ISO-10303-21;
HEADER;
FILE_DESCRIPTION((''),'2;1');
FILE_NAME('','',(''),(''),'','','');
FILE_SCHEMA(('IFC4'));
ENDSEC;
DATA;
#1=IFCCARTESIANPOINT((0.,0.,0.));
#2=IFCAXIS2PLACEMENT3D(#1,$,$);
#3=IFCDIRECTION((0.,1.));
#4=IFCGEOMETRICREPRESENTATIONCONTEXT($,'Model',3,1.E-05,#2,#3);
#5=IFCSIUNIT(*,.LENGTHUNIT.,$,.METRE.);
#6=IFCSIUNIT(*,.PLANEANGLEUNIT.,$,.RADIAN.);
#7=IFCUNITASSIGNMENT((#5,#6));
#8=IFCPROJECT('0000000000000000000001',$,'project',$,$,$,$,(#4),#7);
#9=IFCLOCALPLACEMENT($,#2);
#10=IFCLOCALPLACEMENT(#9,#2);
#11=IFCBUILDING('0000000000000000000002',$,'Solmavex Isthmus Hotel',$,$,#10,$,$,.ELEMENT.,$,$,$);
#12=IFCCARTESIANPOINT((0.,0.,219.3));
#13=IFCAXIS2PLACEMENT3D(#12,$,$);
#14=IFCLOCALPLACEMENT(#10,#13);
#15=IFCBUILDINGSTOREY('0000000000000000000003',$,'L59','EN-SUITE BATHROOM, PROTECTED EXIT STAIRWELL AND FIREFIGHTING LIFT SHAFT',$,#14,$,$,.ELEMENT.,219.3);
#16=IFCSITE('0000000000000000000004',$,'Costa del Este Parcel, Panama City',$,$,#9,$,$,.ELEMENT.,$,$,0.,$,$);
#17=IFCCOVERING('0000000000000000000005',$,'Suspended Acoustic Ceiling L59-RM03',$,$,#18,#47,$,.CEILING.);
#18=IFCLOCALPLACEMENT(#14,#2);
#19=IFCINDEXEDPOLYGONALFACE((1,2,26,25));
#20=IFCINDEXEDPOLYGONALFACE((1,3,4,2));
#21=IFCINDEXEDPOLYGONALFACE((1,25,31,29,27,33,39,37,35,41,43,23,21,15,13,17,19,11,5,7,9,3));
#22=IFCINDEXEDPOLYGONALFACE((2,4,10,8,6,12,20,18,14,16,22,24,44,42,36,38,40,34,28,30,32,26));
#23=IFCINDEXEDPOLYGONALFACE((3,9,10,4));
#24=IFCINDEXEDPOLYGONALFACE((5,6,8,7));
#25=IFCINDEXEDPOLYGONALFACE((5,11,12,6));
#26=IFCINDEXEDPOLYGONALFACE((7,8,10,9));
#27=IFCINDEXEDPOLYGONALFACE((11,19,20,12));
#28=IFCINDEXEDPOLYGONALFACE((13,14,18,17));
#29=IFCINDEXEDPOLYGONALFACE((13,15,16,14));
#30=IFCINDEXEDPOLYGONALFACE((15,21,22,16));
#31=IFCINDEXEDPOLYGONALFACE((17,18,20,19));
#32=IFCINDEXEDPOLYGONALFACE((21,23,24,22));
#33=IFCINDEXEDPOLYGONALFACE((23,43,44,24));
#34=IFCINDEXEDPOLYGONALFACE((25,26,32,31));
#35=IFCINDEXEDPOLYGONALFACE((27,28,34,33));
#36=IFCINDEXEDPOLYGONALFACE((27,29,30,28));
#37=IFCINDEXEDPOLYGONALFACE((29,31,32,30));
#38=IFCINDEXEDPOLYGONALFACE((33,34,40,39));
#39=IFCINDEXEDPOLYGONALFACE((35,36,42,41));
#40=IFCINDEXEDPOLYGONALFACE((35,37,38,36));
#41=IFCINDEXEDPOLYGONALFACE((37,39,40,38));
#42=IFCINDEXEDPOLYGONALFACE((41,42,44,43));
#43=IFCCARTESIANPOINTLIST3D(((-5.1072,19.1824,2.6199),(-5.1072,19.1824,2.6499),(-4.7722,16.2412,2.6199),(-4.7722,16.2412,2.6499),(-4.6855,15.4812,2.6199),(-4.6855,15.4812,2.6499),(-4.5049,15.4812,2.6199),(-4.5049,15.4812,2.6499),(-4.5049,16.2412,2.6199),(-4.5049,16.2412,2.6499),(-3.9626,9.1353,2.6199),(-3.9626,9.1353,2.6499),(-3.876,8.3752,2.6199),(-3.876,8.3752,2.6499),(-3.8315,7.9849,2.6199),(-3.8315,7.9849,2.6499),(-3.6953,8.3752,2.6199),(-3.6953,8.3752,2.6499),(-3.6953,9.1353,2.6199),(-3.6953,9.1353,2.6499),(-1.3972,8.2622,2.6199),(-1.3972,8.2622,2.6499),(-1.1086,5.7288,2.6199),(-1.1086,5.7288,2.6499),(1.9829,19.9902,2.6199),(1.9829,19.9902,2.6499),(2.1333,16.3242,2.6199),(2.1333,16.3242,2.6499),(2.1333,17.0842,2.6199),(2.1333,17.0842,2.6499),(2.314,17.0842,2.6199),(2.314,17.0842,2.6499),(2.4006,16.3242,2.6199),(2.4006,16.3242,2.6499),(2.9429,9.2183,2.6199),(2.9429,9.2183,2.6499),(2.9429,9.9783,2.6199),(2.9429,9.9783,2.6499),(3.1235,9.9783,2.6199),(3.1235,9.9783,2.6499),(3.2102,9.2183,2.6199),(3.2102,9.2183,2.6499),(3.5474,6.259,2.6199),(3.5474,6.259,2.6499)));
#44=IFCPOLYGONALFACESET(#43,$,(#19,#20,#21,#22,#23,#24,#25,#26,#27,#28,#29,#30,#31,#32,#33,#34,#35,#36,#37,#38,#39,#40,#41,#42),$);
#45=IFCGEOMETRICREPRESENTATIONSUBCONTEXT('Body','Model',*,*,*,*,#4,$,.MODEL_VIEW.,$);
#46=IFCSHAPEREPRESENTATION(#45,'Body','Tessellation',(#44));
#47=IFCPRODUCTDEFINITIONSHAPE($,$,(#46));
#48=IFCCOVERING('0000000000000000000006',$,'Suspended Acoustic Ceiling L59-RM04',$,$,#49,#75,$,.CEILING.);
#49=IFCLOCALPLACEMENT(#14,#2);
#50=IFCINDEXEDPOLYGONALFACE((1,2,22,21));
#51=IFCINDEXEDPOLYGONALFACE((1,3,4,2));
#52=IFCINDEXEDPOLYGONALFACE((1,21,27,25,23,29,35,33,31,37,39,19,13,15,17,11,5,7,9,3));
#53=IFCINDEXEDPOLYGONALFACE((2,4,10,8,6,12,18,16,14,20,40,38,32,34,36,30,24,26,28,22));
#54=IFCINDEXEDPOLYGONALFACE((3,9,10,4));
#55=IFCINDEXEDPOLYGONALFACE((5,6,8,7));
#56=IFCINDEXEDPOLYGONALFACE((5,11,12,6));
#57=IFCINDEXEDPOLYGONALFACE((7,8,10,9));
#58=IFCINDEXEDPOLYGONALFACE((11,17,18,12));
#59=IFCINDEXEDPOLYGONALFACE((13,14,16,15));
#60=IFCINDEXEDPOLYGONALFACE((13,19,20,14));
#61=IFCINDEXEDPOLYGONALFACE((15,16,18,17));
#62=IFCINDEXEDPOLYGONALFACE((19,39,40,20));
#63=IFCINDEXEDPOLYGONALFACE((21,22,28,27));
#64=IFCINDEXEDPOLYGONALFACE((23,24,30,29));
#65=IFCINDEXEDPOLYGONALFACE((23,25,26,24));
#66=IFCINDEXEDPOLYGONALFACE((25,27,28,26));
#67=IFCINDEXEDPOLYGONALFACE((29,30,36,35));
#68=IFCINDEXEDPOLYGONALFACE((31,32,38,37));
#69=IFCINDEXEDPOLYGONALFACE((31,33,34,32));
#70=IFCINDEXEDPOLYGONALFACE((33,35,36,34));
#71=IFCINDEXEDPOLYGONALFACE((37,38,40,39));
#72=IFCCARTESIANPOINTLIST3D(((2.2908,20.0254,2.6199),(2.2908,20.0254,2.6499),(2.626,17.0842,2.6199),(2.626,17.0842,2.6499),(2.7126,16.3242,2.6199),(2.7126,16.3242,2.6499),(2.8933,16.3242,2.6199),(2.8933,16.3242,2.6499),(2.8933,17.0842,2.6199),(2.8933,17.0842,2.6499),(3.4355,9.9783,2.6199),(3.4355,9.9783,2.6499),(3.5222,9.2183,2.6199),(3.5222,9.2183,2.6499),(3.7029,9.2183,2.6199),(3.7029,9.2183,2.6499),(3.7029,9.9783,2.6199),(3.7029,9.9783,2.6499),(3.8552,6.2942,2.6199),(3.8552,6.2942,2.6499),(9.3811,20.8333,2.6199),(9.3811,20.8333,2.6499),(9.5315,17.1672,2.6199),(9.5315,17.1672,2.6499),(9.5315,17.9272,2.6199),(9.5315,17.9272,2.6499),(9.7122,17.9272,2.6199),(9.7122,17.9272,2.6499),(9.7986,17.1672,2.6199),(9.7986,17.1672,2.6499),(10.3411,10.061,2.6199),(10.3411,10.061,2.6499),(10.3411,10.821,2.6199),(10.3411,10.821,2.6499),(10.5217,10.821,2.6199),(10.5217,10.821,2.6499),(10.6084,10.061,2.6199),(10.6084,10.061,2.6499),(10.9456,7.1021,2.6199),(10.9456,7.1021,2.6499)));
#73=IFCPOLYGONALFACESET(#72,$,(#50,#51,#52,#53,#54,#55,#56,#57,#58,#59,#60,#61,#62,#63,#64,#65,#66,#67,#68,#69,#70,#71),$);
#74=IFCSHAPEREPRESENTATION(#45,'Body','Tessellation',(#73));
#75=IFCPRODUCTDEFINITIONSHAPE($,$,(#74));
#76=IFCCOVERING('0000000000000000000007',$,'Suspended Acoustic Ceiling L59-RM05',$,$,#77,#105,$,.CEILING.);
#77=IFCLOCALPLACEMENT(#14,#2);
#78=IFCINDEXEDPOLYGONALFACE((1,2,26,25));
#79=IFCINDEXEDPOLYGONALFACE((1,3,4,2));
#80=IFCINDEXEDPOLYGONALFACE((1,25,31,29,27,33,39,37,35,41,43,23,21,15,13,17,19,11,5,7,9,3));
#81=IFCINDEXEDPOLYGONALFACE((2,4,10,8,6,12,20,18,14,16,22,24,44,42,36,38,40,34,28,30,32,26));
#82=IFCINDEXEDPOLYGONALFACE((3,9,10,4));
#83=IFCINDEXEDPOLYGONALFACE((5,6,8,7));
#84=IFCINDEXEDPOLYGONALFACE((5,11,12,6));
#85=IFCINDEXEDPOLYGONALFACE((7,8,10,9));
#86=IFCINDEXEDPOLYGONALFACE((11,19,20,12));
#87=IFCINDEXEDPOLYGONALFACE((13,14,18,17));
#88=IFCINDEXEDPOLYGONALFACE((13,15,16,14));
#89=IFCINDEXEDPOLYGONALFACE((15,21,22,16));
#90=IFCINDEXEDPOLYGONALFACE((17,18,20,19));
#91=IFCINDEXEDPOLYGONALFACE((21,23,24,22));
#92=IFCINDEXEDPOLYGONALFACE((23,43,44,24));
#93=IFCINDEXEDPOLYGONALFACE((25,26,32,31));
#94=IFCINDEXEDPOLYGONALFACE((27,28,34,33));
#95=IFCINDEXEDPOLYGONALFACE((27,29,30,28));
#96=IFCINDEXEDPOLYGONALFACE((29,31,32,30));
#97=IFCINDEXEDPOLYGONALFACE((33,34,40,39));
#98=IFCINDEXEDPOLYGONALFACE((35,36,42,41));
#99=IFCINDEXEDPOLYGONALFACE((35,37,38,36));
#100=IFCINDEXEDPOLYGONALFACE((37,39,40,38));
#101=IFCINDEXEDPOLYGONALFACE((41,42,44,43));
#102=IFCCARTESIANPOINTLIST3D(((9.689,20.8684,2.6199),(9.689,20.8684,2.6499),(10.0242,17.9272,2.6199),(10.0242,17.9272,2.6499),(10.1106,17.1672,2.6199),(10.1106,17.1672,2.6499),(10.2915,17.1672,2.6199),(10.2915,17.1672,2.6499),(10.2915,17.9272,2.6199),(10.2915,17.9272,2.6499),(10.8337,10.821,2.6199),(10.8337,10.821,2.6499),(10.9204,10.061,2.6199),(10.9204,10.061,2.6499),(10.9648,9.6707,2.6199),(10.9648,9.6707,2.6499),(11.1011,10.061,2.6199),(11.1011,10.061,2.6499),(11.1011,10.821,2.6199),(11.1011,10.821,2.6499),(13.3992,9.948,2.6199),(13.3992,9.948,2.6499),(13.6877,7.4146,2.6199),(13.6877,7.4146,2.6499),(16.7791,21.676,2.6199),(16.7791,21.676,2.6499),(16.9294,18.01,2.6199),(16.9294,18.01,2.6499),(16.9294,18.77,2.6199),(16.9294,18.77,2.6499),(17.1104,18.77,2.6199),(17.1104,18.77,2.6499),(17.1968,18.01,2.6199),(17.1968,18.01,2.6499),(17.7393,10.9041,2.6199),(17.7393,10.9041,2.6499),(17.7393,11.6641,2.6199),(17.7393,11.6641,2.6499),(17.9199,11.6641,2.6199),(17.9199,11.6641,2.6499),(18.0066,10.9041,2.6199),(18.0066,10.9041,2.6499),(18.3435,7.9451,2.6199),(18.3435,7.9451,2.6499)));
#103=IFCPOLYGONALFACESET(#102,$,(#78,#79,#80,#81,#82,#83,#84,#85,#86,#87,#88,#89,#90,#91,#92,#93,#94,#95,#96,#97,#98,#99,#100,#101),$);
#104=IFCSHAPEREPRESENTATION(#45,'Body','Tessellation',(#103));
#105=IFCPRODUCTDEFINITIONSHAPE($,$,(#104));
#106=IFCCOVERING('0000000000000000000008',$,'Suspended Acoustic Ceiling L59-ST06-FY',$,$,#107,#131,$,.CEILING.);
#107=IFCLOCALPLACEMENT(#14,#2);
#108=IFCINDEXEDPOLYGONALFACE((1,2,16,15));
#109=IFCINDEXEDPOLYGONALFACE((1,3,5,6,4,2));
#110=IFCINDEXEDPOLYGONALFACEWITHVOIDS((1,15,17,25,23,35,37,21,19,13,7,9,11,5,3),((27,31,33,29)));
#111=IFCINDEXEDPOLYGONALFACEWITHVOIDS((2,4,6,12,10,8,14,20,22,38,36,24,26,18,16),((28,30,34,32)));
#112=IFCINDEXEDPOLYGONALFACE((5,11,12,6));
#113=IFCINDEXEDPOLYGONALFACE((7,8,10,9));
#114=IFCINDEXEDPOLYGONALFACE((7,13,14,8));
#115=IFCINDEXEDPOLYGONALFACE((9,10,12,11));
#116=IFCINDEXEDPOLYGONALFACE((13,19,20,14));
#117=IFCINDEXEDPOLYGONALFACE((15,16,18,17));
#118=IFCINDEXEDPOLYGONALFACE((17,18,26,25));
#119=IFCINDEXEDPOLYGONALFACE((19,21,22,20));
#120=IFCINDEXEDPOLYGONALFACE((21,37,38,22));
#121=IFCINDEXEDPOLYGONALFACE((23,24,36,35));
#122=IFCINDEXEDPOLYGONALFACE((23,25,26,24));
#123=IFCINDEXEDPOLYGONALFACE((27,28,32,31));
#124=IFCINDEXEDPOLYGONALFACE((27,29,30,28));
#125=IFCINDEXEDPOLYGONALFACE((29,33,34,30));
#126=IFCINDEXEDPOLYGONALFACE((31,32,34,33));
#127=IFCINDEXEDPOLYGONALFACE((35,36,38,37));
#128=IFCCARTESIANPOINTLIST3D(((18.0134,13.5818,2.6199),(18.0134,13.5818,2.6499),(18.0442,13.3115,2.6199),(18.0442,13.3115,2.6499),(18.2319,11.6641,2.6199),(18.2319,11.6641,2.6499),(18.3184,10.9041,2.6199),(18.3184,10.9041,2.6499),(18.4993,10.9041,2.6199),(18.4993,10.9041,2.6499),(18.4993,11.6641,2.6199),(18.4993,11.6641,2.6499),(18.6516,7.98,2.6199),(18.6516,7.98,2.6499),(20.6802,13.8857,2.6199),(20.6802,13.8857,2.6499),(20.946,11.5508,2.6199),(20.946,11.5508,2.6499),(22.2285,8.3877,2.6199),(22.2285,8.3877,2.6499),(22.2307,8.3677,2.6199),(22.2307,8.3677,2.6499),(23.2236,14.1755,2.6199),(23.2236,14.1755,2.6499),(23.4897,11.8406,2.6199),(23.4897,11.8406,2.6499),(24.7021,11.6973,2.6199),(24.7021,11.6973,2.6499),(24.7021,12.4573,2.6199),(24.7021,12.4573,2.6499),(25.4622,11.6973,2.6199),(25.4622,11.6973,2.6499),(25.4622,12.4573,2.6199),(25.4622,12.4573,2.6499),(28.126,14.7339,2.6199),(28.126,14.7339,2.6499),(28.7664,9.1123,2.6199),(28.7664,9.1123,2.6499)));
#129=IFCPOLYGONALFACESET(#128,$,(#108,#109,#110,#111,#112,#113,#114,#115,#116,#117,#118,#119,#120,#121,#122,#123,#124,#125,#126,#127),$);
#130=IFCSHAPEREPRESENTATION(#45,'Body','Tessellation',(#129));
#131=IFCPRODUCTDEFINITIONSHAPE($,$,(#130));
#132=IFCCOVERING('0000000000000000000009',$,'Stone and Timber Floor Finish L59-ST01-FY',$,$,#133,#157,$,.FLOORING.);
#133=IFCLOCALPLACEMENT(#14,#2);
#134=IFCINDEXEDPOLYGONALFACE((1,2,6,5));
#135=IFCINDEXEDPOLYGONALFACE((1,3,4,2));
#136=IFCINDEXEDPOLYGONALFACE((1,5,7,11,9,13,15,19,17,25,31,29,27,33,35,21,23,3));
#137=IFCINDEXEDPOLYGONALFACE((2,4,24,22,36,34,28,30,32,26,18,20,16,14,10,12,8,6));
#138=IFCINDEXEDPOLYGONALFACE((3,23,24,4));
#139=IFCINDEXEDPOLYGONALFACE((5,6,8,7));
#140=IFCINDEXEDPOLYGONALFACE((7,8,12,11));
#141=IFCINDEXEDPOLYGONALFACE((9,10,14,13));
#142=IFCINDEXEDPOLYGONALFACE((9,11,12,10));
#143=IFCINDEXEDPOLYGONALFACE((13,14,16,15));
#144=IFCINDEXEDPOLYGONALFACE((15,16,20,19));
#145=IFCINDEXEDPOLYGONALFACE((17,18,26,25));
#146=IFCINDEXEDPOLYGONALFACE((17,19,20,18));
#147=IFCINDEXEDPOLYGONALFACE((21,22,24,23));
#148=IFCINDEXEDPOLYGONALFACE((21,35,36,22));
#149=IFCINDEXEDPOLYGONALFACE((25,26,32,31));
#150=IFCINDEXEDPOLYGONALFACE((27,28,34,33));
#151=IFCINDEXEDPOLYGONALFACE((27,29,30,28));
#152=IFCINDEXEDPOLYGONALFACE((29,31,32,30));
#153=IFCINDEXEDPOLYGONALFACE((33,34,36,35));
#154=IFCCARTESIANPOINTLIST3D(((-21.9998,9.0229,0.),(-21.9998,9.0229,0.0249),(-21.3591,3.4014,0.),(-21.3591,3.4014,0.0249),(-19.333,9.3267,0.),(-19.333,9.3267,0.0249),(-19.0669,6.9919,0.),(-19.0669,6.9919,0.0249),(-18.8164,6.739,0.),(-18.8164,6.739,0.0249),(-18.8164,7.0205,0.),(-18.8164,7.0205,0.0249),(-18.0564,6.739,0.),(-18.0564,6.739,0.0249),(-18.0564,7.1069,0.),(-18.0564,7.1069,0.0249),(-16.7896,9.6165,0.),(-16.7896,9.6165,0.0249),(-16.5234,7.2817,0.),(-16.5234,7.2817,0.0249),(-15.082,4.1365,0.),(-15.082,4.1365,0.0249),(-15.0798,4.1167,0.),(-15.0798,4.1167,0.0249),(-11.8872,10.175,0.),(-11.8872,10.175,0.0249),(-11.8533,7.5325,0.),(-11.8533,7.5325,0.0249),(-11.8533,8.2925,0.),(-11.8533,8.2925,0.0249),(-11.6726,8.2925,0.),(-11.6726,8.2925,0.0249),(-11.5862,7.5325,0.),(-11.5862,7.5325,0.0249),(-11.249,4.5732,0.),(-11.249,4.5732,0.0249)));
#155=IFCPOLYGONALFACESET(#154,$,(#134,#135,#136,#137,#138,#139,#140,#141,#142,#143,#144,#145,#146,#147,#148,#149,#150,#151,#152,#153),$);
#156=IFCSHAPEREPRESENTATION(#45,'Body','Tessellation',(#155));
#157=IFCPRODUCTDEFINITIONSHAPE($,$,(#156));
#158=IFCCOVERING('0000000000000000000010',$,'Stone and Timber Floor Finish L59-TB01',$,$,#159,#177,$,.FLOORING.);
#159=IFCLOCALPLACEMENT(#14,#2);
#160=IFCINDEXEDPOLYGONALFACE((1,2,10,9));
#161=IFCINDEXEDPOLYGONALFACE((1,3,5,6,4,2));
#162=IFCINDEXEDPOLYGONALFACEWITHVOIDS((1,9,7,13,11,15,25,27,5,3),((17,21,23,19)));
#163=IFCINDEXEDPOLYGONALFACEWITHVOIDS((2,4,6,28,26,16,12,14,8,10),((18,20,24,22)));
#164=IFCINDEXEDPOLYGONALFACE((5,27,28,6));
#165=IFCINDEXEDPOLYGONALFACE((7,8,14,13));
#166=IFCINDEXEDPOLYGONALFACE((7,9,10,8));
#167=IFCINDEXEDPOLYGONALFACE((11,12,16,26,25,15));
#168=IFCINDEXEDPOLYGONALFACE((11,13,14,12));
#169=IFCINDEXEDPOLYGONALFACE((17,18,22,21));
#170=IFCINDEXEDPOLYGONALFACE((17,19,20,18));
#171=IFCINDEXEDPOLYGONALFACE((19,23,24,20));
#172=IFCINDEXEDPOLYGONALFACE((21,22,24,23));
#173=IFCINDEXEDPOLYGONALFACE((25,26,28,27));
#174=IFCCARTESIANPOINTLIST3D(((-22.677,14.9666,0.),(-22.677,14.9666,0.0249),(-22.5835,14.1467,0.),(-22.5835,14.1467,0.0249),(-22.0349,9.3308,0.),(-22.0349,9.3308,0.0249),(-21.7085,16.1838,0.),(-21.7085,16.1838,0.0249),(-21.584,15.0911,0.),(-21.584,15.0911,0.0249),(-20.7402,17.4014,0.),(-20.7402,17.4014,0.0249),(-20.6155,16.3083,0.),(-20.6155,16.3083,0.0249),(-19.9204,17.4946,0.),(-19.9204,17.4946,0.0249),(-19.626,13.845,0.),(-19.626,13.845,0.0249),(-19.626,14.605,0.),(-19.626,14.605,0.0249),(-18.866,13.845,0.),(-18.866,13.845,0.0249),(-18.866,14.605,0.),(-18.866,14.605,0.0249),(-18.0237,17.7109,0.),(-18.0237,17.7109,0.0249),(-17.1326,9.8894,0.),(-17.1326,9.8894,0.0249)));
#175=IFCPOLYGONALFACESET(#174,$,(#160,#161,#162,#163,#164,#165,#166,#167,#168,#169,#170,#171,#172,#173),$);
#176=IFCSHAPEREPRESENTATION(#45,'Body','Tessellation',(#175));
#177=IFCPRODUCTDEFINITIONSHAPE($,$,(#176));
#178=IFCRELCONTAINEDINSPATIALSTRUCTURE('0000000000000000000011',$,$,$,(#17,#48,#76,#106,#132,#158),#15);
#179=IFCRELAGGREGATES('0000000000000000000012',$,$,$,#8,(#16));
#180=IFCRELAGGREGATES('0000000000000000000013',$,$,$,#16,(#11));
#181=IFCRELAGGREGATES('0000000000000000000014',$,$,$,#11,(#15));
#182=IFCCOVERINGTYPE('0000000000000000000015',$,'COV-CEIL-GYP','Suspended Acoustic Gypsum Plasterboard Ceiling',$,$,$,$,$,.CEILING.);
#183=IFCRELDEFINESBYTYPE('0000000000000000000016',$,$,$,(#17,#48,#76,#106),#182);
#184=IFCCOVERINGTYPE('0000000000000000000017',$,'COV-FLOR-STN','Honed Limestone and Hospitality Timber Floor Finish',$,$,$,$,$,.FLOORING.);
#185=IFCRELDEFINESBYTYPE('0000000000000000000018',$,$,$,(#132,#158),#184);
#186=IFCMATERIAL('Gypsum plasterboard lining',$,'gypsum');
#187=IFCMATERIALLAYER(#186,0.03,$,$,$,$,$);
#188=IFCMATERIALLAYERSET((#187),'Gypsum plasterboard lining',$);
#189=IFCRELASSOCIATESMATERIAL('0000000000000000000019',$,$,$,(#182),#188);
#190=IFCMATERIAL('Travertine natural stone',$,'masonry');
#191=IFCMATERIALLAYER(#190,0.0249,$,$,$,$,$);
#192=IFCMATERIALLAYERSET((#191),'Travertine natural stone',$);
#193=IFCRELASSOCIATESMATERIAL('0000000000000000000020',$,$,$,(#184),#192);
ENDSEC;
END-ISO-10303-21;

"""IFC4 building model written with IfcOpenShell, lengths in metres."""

from ifc_helpers import new_model, si_unit, direction, frame, origin, place, context, subcontext, project, spatial, polyline, outline, extrude, material, layer, layer_set, type_object, element, save


model = new_model("IFC4")

# Units and contexts
model_context = context("Model", 3, precision=1e-05, world=origin(), true_north=direction((0.0, 1.0)))
body_context = subcontext(model_context, "Body", "Model", "MODEL_VIEW")
ifc_project = project(units=[si_unit("LENGTHUNIT", "METRE"), si_unit("PLANEANGLEUNIT", "RADIAN")], contexts=[model_context])

# Site, building, storey
site_placement = place(None, origin())
site = spatial("IfcSite", under=ifc_project, at=site_placement, Name="Costa del Este Parcel, Panama City", CompositionType="ELEMENT", RefElevation=0.0)
building_placement = place(site_placement, origin())
building = spatial("IfcBuilding", under=site, at=building_placement, Name="Solmavex Isthmus Hotel", CompositionType="ELEMENT")
storey_placement = place(building_placement, frame((0.0, 0.0, 219.3)))
storey = spatial("IfcBuildingStorey", under=building, at=storey_placement, Name="L59", Description="EN-SUITE BATHROOM, PROTECTED EXIT STAIRWELL AND FIREFIGHTING LIFT SHAFT", CompositionType="ELEMENT", Elevation=219.3)

# Shared definitions
ifc_material_1 = material(Name="Gypsum plasterboard lining", Category="gypsum")

# Coverings
ifc_layer_1 = layer(ifc_material_1, 0.03)
ifc_layer_set_1 = layer_set([ifc_layer_1], Name="Gypsum plasterboard lining")
covering_type_1 = type_object("IfcCoveringType", Name="COV-CEIL-GYP", Description="Suspended Acoustic Gypsum Plasterboard Ceiling", PredefinedType="CEILING", material=ifc_layer_set_1)
covering_1_placement = place(storey_placement, frame((0.0, 0.0, 2.6199)))
element("IfcCovering", 1, at=covering_1_placement, inside=storey, type_object=covering_type_1, Name="Suspended Acoustic Ceiling L59-RM03", PredefinedType="CEILING", context=body_context, shape_type="SweptSolid", body=[
    extrude(outline(polyline([(-3.9626, 9.1353), (-3.6953, 9.1353), (-3.6953, 8.3752), (-3.876, 8.3752), (-3.8315, 7.9849), (-1.3972, 8.2622), (-1.1086, 5.7288), (3.5474, 6.259), (3.2102, 9.2183), (2.9429, 9.2183), (2.9429, 9.9783), (3.1235, 9.9783), (2.4006, 16.3242), (2.1333, 16.3242), (2.1333, 17.0842), (2.314, 17.0842), (1.9829, 19.9902), (-5.1072, 19.1824), (-4.7722, 16.2412), (-4.5049, 16.2412), (-4.5049, 15.4812), (-4.6855, 15.4812), (-3.9626, 9.1353)])), origin(), (0.0, 0.0, 1.0), 0.03),
])
covering_2_placement = place(storey_placement, frame((0.0, 0.0, 2.6199)))
element("IfcCovering", 2, at=covering_2_placement, inside=storey, type_object=covering_type_1, Name="Suspended Acoustic Ceiling L59-RM04", PredefinedType="CEILING", context=body_context, shape_type="SweptSolid", body=[
    extrude(outline(polyline([(3.4355, 9.9783), (3.7029, 9.9783), (3.7029, 9.2183), (3.5222, 9.2183), (3.8552, 6.2942), (10.9456, 7.1021), (10.6084, 10.061), (10.3411, 10.061), (10.3411, 10.821), (10.5217, 10.821), (9.7986, 17.1672), (9.5315, 17.1672), (9.5315, 17.9272), (9.7122, 17.9272), (9.3811, 20.8333), (2.2908, 20.0254), (2.626, 17.0842), (2.8933, 17.0842), (2.8933, 16.3242), (2.7126, 16.3242), (3.4355, 9.9783)])), origin(), (0.0, 0.0, 1.0), 0.03),
])
covering_3_placement = place(storey_placement, frame((0.0, 0.0, 2.6199)))
element("IfcCovering", 3, at=covering_3_placement, inside=storey, type_object=covering_type_1, Name="Suspended Acoustic Ceiling L59-RM05", PredefinedType="CEILING", context=body_context, shape_type="SweptSolid", body=[
    extrude(outline(polyline([(10.8337, 10.821), (11.1011, 10.821), (11.1011, 10.061), (10.9204, 10.061), (10.9648, 9.6707), (13.3992, 9.948), (13.6877, 7.4146), (18.3435, 7.9451), (18.0066, 10.9041), (17.7393, 10.9041), (17.7393, 11.6641), (17.9199, 11.6641), (17.1968, 18.01), (16.9294, 18.01), (16.9294, 18.77), (17.1104, 18.77), (16.7791, 21.676), (9.689, 20.8684), (10.0242, 17.9272), (10.2915, 17.9272), (10.2915, 17.1672), (10.1106, 17.1672), (10.8337, 10.821)])), origin(), (0.0, 0.0, 1.0), 0.03),
])
covering_4_placement = place(storey_placement, frame((0.0, 0.0, 2.6199)))
element("IfcCovering", 4, at=covering_4_placement, inside=storey, type_object=covering_type_1, Name="Suspended Acoustic Ceiling L59-ST06-FY", PredefinedType="CEILING", context=body_context, shape_type="SweptSolid", body=[
    extrude(outline(polyline([(20.6802, 13.8857), (18.0134, 13.5818), (18.0442, 13.3115), (18.2319, 11.6641), (18.4993, 11.6641), (18.4993, 10.9041), (18.3184, 10.9041), (18.6516, 7.98), (22.2285, 8.3877), (22.2307, 8.3677), (28.7664, 9.1123), (28.126, 14.7339), (23.2236, 14.1755), (23.4897, 11.8406), (20.946, 11.5508), (20.6802, 13.8857)]), holes=[polyline([(24.7021, 11.6973), (24.7021, 12.4573), (25.4622, 12.4573), (25.4622, 11.6973), (24.7021, 11.6973)])]), origin(), (0.0, 0.0, 1.0), 0.03),
])
ifc_material_2 = material(Name="Travertine natural stone", Category="masonry")
ifc_layer_2 = layer(ifc_material_2, 0.0249)
ifc_layer_set_2 = layer_set([ifc_layer_2], Name="Travertine natural stone")
covering_type_2 = type_object("IfcCoveringType", Name="COV-FLOR-STN", Description="Honed Limestone and Hospitality Timber Floor Finish", PredefinedType="FLOORING", material=ifc_layer_set_2)
covering_5_placement = place(storey_placement, origin())
element("IfcCovering", 5, at=covering_5_placement, inside=storey, type_object=covering_type_2, Name="Stone and Timber Floor Finish L59-ST01-FY", PredefinedType="FLOORING", context=body_context, shape_type="SweptSolid", body=[
    extrude(outline(polyline([(-18.0564, 7.1069), (-18.0564, 6.739), (-18.8164, 6.739), (-18.8164, 7.0205), (-19.0669, 6.9919), (-19.333, 9.3267), (-21.9998, 9.0229), (-21.3591, 3.4014), (-15.0798, 4.1167), (-15.082, 4.1365), (-11.249, 4.5732), (-11.5862, 7.5325), (-11.8533, 7.5325), (-11.8533, 8.2925), (-11.6726, 8.2925), (-11.8872, 10.175), (-16.7896, 9.6165), (-16.5234, 7.2817), (-18.0564, 7.1069)])), origin(), (0.0, 0.0, 1.0), 0.0249),
])
covering_6_placement = place(storey_placement, origin())
element("IfcCovering", 6, at=covering_6_placement, inside=storey, type_object=covering_type_2, Name="Stone and Timber Floor Finish L59-TB01", PredefinedType="FLOORING", context=body_context, shape_type="SweptSolid", body=[
    extrude(outline(polyline([(-22.677, 14.9666), (-22.5835, 14.1467), (-22.0349, 9.3308), (-17.1326, 9.8894), (-18.0237, 17.7109), (-19.9204, 17.4946), (-20.7402, 17.4014), (-20.6155, 16.3083), (-21.7085, 16.1838), (-21.584, 15.0911), (-22.677, 14.9666)]), holes=[polyline([(-19.626, 13.845), (-19.626, 14.605), (-18.866, 14.605), (-18.866, 13.845), (-19.626, 13.845)])]), origin(), (0.0, 0.0, 1.0), 0.0249),
])

save(model, "model.ifc")
